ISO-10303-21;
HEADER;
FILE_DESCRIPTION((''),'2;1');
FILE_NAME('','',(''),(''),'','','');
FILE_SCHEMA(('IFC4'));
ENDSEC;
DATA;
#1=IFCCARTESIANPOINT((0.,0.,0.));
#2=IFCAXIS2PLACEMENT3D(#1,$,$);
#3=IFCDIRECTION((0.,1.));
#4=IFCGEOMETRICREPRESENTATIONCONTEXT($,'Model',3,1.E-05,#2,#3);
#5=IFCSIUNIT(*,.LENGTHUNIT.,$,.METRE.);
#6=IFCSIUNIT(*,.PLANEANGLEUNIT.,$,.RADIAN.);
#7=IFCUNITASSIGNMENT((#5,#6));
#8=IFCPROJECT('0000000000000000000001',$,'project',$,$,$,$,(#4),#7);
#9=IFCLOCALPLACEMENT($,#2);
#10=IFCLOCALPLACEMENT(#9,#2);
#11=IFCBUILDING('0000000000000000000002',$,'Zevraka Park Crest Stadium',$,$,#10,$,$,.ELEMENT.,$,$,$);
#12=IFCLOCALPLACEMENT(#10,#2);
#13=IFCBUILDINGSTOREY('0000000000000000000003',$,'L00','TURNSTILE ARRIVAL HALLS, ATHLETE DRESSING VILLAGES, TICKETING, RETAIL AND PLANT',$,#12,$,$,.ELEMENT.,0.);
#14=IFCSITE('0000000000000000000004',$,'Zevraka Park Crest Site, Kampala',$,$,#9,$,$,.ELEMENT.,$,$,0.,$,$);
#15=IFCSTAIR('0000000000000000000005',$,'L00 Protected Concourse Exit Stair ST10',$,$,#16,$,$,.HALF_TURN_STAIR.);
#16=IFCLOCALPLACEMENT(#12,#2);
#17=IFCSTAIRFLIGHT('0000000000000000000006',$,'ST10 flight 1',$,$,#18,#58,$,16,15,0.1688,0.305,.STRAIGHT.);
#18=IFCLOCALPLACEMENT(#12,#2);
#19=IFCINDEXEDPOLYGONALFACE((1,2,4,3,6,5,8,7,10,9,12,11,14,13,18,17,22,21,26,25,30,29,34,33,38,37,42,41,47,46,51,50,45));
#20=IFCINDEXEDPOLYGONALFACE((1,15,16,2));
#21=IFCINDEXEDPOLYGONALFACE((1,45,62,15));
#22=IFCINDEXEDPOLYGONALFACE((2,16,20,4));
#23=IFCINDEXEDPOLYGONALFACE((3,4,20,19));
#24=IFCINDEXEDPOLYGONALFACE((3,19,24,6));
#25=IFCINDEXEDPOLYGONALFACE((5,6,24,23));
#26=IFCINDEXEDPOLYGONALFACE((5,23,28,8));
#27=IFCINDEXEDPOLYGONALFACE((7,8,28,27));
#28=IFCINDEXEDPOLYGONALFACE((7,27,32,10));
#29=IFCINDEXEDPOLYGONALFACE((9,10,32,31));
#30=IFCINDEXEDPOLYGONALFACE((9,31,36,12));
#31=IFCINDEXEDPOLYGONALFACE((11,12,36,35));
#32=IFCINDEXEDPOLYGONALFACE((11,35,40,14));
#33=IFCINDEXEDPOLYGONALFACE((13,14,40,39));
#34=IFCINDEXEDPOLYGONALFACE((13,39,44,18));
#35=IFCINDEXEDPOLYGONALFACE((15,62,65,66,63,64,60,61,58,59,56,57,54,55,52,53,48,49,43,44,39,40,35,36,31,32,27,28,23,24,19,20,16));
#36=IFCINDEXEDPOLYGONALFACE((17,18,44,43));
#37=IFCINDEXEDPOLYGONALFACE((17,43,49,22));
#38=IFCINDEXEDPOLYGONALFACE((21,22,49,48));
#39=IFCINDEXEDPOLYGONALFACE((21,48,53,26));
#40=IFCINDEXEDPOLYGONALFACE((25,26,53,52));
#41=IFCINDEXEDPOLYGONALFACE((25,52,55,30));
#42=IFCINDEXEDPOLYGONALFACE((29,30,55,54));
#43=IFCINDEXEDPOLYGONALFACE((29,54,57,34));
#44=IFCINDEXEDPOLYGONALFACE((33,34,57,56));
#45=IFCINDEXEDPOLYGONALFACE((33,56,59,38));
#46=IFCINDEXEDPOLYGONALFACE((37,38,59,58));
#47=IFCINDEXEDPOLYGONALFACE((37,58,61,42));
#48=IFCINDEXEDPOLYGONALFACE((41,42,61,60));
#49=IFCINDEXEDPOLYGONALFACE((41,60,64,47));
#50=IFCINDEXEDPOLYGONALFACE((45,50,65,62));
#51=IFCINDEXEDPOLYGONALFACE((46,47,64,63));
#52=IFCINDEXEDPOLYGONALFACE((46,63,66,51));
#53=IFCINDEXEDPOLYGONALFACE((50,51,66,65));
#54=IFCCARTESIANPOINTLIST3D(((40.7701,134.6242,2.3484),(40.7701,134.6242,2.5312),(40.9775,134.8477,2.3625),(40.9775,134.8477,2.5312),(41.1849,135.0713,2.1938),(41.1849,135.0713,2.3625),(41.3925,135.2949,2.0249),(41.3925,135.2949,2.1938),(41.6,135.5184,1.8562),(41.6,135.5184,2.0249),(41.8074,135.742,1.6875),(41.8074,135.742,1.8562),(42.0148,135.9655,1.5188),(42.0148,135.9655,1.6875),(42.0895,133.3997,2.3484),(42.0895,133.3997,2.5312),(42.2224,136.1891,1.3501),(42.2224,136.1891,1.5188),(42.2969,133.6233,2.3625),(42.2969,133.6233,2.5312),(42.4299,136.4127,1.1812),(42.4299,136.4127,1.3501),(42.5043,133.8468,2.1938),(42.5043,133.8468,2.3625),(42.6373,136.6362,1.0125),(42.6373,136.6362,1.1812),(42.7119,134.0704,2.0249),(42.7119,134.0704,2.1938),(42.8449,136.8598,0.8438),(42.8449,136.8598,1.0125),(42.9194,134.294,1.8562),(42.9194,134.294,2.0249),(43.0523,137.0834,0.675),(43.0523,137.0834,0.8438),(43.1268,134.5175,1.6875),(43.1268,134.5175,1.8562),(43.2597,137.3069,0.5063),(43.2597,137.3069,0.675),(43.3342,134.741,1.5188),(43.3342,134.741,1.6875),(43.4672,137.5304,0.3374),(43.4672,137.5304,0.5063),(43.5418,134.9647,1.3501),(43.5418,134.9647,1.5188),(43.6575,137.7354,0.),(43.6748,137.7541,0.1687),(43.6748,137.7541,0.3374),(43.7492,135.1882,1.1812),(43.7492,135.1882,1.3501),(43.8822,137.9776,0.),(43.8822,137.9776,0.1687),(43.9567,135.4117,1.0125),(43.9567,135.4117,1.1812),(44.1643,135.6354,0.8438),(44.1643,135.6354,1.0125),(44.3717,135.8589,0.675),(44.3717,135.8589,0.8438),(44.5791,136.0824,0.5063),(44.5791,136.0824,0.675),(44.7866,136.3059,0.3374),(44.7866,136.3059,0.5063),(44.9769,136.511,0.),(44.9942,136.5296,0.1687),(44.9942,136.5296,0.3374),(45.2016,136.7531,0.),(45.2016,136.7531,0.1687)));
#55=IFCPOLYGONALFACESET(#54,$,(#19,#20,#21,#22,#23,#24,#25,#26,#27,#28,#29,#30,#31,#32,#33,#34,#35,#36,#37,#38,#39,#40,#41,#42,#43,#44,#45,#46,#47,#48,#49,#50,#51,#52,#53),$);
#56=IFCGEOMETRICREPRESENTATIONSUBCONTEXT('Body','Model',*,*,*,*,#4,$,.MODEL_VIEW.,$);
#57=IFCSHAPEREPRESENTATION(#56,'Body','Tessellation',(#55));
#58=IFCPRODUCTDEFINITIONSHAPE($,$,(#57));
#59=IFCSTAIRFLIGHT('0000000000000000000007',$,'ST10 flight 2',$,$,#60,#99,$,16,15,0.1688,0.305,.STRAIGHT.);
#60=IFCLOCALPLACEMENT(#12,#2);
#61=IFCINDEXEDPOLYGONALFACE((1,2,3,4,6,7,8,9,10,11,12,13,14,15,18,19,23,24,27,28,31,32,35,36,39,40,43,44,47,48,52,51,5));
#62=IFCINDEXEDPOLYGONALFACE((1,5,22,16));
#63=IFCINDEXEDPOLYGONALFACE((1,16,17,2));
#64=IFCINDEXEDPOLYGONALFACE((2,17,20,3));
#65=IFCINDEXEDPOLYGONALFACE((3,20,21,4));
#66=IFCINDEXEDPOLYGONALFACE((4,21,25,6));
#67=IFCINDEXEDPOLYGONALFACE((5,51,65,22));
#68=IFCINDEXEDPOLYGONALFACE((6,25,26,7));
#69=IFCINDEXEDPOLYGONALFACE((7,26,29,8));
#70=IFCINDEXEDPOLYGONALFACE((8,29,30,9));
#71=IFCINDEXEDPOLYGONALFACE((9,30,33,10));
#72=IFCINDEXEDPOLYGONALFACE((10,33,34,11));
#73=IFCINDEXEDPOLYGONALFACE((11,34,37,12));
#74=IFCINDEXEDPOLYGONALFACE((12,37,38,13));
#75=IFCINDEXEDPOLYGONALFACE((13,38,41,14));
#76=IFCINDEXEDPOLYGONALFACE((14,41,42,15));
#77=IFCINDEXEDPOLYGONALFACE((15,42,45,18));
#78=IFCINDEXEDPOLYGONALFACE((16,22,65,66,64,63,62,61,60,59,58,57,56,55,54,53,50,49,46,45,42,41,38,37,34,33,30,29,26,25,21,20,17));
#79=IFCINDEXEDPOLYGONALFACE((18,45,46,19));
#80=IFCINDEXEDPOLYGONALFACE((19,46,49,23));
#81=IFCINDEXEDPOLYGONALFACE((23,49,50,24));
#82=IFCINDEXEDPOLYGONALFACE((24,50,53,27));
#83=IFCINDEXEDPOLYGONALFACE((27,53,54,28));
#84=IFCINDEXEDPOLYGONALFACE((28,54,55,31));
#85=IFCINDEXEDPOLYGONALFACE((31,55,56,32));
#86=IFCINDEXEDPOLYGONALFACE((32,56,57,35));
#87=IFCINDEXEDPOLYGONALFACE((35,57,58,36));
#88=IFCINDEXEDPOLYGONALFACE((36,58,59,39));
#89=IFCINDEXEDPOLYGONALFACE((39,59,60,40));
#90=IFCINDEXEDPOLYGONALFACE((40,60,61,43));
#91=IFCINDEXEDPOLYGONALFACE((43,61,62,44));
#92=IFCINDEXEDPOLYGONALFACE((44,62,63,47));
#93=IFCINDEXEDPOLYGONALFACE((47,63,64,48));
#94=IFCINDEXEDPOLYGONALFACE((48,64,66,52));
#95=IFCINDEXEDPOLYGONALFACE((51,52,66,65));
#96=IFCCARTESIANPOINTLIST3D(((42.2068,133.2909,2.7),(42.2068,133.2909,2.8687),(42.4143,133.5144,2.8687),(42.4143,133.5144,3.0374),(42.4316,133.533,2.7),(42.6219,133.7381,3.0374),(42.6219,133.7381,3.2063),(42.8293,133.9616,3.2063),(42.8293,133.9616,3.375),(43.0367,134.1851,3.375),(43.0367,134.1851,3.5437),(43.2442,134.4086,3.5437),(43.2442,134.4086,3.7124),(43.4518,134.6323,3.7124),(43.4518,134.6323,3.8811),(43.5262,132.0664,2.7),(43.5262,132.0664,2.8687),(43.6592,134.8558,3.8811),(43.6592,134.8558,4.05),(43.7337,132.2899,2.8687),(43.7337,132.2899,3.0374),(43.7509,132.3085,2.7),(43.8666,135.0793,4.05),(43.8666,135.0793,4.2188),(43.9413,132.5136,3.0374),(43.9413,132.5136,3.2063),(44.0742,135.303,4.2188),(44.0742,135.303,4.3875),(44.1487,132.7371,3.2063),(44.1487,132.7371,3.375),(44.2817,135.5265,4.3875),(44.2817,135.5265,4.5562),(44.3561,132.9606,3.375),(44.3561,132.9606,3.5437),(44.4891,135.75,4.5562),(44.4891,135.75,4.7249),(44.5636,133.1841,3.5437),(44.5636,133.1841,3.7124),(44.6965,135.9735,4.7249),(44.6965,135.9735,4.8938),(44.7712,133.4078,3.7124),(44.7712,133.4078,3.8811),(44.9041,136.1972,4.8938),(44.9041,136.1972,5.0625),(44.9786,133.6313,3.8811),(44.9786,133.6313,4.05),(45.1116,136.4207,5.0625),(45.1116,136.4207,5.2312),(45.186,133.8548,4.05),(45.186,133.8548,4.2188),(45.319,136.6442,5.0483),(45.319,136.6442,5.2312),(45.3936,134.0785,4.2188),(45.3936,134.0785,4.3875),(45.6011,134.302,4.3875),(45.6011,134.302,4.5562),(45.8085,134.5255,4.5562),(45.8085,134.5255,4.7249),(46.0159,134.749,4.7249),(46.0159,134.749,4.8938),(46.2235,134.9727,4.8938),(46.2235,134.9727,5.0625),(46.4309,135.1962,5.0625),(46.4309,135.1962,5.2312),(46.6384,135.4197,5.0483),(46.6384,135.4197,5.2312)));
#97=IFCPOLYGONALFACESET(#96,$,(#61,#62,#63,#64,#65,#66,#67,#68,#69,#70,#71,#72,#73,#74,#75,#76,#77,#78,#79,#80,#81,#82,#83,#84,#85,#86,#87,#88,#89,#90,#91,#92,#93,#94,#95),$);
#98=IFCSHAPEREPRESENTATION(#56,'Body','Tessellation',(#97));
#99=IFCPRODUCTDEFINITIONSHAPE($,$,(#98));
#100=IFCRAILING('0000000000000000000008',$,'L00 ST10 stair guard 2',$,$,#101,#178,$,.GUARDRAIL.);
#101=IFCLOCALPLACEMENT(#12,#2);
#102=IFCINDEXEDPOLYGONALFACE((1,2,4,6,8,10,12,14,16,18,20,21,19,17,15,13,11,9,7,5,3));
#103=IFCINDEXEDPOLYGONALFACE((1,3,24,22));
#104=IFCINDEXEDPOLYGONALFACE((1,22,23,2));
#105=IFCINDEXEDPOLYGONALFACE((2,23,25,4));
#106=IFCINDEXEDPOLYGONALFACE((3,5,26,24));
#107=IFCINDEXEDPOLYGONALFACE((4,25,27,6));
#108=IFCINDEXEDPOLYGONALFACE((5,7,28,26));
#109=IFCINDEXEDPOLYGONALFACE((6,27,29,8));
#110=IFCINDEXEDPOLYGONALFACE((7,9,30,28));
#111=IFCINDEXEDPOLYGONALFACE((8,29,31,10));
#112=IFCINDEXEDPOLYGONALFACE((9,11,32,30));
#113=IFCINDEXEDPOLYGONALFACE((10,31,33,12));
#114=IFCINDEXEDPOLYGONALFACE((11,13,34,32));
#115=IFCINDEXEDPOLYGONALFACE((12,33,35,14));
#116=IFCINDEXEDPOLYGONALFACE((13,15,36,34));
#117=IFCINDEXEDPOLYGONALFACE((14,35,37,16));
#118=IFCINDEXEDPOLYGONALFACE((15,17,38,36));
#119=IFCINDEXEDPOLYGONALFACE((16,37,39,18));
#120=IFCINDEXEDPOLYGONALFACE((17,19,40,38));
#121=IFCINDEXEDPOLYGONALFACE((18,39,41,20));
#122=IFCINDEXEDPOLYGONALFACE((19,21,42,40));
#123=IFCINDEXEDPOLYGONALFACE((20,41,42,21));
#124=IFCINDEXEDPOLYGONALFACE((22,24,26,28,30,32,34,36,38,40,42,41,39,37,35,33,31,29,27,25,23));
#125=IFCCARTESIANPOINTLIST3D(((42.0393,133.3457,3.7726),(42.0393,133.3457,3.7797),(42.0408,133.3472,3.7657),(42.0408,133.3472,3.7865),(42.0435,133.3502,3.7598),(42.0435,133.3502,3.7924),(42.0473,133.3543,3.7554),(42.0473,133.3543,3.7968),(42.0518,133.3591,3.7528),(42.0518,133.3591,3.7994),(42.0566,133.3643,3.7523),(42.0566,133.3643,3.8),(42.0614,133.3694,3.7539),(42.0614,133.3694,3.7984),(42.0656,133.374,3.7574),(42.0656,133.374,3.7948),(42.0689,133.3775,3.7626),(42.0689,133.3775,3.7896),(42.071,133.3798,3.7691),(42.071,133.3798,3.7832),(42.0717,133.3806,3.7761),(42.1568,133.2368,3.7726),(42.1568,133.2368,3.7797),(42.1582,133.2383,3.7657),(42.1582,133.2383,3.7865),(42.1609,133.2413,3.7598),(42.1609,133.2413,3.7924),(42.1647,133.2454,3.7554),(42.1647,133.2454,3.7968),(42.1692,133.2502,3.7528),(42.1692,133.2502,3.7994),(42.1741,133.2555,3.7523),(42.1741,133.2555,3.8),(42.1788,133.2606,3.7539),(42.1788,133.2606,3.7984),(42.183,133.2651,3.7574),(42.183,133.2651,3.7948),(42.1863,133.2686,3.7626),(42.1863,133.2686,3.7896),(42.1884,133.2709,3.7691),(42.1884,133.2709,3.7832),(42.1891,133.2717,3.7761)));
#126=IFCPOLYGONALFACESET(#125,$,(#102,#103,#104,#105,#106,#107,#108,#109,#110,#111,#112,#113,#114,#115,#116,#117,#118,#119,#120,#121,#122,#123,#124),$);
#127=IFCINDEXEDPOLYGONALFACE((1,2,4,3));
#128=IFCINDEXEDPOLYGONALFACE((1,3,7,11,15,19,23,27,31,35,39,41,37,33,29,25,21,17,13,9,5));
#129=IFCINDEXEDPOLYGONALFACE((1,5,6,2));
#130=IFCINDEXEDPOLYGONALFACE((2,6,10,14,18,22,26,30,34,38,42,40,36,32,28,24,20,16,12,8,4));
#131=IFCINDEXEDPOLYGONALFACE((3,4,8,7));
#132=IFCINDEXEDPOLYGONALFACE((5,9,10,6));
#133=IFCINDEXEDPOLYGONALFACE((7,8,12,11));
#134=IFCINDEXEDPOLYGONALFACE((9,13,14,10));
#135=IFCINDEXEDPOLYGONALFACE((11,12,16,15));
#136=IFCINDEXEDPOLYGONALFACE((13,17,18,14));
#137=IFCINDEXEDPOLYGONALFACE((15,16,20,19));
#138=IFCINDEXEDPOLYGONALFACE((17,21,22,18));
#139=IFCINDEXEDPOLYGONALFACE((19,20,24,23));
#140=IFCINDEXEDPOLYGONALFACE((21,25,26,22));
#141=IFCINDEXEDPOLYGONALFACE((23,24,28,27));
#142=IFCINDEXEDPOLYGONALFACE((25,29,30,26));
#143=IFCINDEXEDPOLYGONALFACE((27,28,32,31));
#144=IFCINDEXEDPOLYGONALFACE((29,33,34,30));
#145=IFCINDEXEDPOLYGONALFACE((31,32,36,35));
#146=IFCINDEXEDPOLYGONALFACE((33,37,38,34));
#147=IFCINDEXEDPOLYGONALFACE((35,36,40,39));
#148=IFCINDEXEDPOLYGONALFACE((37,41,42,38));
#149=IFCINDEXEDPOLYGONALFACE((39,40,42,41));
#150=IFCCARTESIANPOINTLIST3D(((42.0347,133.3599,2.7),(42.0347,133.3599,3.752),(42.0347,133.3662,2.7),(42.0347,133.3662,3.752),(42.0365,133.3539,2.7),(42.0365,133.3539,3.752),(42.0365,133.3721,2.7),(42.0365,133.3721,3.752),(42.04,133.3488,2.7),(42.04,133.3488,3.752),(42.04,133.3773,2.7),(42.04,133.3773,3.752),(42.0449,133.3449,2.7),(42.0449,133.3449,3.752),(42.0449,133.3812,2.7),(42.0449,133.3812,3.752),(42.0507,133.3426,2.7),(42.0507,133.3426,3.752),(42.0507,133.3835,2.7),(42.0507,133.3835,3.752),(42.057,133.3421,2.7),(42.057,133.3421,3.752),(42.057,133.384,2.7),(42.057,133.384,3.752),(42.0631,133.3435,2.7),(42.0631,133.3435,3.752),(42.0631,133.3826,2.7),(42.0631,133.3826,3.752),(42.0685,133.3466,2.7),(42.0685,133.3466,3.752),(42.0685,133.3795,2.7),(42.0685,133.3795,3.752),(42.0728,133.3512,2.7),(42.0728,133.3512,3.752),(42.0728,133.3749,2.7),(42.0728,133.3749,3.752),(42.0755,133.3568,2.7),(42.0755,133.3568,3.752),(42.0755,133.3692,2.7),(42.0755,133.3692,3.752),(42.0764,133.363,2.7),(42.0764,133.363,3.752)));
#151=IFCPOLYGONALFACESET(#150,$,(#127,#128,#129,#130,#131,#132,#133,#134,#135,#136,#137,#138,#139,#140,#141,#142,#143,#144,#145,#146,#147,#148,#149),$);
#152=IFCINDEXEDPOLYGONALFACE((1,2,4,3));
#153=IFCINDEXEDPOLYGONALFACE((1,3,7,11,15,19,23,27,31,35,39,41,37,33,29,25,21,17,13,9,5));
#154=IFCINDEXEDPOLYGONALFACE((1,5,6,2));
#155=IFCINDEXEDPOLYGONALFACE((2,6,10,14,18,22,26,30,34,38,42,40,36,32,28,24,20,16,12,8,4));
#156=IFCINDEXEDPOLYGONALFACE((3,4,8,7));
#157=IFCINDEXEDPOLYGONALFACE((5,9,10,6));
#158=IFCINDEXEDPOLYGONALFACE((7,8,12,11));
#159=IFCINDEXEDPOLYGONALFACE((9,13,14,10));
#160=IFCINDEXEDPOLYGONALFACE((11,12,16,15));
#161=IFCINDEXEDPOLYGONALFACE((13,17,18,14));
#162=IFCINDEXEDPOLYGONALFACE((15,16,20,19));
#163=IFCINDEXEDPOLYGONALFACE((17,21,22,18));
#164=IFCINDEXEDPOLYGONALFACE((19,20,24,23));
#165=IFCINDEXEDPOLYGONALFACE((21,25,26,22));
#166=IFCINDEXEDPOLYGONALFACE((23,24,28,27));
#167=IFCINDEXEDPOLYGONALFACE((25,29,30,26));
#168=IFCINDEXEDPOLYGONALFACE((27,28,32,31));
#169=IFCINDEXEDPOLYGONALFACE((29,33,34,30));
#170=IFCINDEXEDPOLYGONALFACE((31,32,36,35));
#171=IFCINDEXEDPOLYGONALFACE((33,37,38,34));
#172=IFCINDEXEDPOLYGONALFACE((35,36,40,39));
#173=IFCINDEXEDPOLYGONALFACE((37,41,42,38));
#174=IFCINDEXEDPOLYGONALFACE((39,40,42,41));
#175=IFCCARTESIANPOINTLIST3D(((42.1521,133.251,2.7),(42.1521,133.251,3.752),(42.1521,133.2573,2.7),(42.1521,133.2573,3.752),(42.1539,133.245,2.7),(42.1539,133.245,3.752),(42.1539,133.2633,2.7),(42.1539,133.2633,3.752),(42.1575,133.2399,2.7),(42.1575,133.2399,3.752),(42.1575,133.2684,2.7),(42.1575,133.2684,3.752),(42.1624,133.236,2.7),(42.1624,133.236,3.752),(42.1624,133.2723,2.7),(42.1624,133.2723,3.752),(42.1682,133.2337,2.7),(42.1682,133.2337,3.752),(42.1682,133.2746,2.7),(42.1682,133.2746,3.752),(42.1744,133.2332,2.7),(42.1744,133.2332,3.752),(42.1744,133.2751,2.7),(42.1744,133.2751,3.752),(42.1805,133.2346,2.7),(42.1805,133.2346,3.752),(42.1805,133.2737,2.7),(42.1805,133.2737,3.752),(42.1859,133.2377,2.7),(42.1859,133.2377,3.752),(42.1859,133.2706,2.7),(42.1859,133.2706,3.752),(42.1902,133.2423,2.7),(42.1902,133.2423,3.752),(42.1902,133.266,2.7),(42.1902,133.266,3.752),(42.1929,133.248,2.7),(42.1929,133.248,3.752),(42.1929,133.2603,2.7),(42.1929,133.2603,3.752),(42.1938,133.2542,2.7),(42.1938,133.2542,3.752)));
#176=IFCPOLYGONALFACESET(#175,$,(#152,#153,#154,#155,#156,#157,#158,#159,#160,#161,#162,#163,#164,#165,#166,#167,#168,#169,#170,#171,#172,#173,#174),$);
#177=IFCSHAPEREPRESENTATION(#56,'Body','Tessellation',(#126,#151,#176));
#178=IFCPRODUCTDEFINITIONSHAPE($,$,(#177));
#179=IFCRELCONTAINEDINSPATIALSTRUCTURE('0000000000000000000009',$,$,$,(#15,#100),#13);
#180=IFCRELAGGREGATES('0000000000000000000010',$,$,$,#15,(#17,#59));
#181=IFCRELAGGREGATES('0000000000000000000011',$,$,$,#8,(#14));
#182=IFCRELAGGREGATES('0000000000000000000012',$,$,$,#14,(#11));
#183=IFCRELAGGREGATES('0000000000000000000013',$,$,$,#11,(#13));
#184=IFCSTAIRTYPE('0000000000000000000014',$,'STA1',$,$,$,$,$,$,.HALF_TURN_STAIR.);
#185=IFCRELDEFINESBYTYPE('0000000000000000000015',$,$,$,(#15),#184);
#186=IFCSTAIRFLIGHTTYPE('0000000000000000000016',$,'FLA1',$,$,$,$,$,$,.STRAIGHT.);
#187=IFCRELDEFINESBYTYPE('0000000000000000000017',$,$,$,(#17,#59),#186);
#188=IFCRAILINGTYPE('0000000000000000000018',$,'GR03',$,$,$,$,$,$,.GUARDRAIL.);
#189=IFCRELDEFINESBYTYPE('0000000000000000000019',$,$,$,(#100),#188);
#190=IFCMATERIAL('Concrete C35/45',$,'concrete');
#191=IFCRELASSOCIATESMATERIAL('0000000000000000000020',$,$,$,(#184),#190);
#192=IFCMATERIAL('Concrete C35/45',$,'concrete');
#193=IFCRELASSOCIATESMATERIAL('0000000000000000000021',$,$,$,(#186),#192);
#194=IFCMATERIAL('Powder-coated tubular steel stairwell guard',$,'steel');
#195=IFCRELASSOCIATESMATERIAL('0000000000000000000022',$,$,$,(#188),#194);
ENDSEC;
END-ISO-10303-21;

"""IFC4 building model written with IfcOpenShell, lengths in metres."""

from ifc_helpers import new_model, si_unit, direction, frame, origin, origin_2d, place, context, subcontext, project, spatial, polyline, circle, outline, extrude, material, type_object, element, aggregate, save


model = new_model("IFC4")

# Units and contexts
model_context = context("Model", 3, precision=1e-05, world=origin(), true_north=direction((0.0, 1.0)))
body_context = subcontext(model_context, "Body", "Model", "MODEL_VIEW")
ifc_project = project(units=[si_unit("LENGTHUNIT", "METRE"), si_unit("PLANEANGLEUNIT", "RADIAN")], contexts=[model_context])

# Site, building, storey
site_placement = place(None, origin())
site = spatial("IfcSite", under=ifc_project, at=site_placement, Name="Zevraka Park Crest Site, Kampala", CompositionType="ELEMENT", RefElevation=0.0)
building_placement = place(site_placement, origin())
building = spatial("IfcBuilding", under=site, at=building_placement, Name="Zevraka Park Crest Stadium", CompositionType="ELEMENT")
storey_placement = place(building_placement, origin())
storey = spatial("IfcBuildingStorey", under=building, at=storey_placement, Name="L00", Description="TURNSTILE ARRIVAL HALLS, ATHLETE DRESSING VILLAGES, TICKETING, RETAIL AND PLANT", CompositionType="ELEMENT", Elevation=0.0)

# Stair, stair flights
ifc_material_1 = material(Name="Concrete C35/45", Category="concrete")
stair_type = type_object("IfcStairType", Name="STA1", PredefinedType="HALF_TURN_STAIR", material=ifc_material_1)
stair_placement = place(storey_placement, origin())
stair = element("IfcStair", 1, at=stair_placement, inside=storey, type_object=stair_type, Name="L00 Protected Concourse Exit Stair ST10", PredefinedType="HALF_TURN_STAIR")
ifc_material_2 = material(Name="Concrete C35/45", Category="concrete")
stair_flight_type = type_object("IfcStairFlightType", Name="FLA1", PredefinedType="STRAIGHT", material=ifc_material_2)
stair_flight_1_placement = place(storey_placement, frame((44.542, 137.3652, 0.0), z_axis=(0.0, 0.0, 1.0), x_axis=(-0.680255, -0.732975, 0.0)))
stair_flight_1 = element("IfcStairFlight", 2, at=stair_flight_1_placement, type_object=stair_flight_type, Name="ST10 flight 1", NumberOfRisers=16, NumberOfTreads=15, PredefinedType="STRAIGHT", RiserHeight=0.1688, TreadLength=0.305, context=body_context, shape_type="SweptSolid", body=[
    extrude(outline(polyline([(0.0, 0.0), (0.0, 0.1687), (0.3049, 0.1687), (0.3049, 0.3374), (0.6101, 0.3374), (0.6101, 0.5063), (0.915, 0.5063), (0.915, 0.675), (1.22, 0.675), (1.22, 0.8438), (1.5249, 0.8438), (1.5249, 1.0125), (1.8301, 1.0125), (1.8301, 1.1812), (2.135, 1.1812), (2.135, 1.3501), (2.4399, 1.3501), (2.4399, 1.5188), (2.7451, 1.5188), (2.7451, 1.6875), (3.05, 1.6875), (3.05, 1.8562), (3.355, 1.8562), (3.355, 2.0249), (3.6599, 2.0249), (3.6599, 2.1938), (3.9651, 2.1938), (3.9651, 2.3625), (4.27, 2.3625), (4.27, 2.5312), (4.575, 2.5312), (4.575, 2.7), (4.575, 2.3484), (0.3303, 0.0), (0.0, 0.0)])), frame((0.0, 0.8999, 0.0), z_axis=(0.0, -1.0, 0.0), x_axis=(1.0, 0.0, 0.0)), (0.0, 0.0, 1.0), 1.8),
])
stair_flight_2_placement = place(storey_placement, frame((42.8665, 132.6787, 2.7), z_axis=(0.0, 0.0, 1.0), x_axis=(0.680255, 0.732975, 0.0)))
stair_flight_2 = element("IfcStairFlight", 3, at=stair_flight_2_placement, type_object=stair_flight_type, Name="ST10 flight 2", NumberOfRisers=16, NumberOfTreads=15, PredefinedType="STRAIGHT", RiserHeight=0.1688, TreadLength=0.305, context=body_context, shape_type="SweptSolid", body=[
    extrude(outline(polyline([(0.0, 0.0), (0.0, 0.1687), (0.3049, 0.1687), (0.3049, 0.3374), (0.6101, 0.3374), (0.6101, 0.5063), (0.915, 0.5063), (0.915, 0.675), (1.22, 0.675), (1.22, 0.8438), (1.5249, 0.8438), (1.5249, 1.0125), (1.8301, 1.0125), (1.8301, 1.1812), (2.135, 1.1812), (2.135, 1.3501), (2.4399, 1.3501), (2.4399, 1.5188), (2.7451, 1.5188), (2.7451, 1.6875), (3.05, 1.6875), (3.05, 1.8562), (3.355, 1.8562), (3.355, 2.0249), (3.6599, 2.0249), (3.6599, 2.1938), (3.9651, 2.1938), (3.9651, 2.3625), (4.27, 2.3625), (4.27, 2.5312), (4.575, 2.5312), (4.575, 2.7), (4.575, 2.3484), (0.3303, 0.0), (0.0, 0.0)])), frame((0.0, 0.8999, 0.0), z_axis=(0.0, -1.0, 0.0), x_axis=(1.0, 0.0, 0.0)), (0.0, 0.0, 1.0), 1.8),
])
aggregate(stair, [stair_flight_1, stair_flight_2])

# Railing
ifc_material_3 = material(Name="Powder-coated tubular steel stairwell guard", Category="steel")
railing_type_1 = type_object("IfcRailingType", Name="GR03", PredefinedType="GUARDRAIL", material=ifc_material_3)
railing_1_placement = place(storey_placement, frame((42.0554, 133.363, 2.7)))
element("IfcRailing", 4, at=railing_1_placement, inside=storey, type_object=railing_type_1, Name="L00 ST10 stair guard 2", PredefinedType="GUARDRAIL", context=body_context, shape_type="SweptSolid", body=[
    extrude(circle(Radius=0.0239, at=origin_2d()), frame((0.0, 0.0, 1.0762), z_axis=(0.733282, -0.679925, 0.0), x_axis=(0.679925, 0.733282, 0.0)), (0.0, 0.0, 1.0), 0.1602),
    extrude(circle(Radius=0.021, at=origin_2d()), origin(), (0.0, 0.0, 1.0), 1.052),
    extrude(circle(Radius=0.021, at=origin_2d()), frame((0.1174, -0.1089, 0.0)), (0.0, 0.0, 1.0), 1.052),
])

save(model, "model.ifc")
